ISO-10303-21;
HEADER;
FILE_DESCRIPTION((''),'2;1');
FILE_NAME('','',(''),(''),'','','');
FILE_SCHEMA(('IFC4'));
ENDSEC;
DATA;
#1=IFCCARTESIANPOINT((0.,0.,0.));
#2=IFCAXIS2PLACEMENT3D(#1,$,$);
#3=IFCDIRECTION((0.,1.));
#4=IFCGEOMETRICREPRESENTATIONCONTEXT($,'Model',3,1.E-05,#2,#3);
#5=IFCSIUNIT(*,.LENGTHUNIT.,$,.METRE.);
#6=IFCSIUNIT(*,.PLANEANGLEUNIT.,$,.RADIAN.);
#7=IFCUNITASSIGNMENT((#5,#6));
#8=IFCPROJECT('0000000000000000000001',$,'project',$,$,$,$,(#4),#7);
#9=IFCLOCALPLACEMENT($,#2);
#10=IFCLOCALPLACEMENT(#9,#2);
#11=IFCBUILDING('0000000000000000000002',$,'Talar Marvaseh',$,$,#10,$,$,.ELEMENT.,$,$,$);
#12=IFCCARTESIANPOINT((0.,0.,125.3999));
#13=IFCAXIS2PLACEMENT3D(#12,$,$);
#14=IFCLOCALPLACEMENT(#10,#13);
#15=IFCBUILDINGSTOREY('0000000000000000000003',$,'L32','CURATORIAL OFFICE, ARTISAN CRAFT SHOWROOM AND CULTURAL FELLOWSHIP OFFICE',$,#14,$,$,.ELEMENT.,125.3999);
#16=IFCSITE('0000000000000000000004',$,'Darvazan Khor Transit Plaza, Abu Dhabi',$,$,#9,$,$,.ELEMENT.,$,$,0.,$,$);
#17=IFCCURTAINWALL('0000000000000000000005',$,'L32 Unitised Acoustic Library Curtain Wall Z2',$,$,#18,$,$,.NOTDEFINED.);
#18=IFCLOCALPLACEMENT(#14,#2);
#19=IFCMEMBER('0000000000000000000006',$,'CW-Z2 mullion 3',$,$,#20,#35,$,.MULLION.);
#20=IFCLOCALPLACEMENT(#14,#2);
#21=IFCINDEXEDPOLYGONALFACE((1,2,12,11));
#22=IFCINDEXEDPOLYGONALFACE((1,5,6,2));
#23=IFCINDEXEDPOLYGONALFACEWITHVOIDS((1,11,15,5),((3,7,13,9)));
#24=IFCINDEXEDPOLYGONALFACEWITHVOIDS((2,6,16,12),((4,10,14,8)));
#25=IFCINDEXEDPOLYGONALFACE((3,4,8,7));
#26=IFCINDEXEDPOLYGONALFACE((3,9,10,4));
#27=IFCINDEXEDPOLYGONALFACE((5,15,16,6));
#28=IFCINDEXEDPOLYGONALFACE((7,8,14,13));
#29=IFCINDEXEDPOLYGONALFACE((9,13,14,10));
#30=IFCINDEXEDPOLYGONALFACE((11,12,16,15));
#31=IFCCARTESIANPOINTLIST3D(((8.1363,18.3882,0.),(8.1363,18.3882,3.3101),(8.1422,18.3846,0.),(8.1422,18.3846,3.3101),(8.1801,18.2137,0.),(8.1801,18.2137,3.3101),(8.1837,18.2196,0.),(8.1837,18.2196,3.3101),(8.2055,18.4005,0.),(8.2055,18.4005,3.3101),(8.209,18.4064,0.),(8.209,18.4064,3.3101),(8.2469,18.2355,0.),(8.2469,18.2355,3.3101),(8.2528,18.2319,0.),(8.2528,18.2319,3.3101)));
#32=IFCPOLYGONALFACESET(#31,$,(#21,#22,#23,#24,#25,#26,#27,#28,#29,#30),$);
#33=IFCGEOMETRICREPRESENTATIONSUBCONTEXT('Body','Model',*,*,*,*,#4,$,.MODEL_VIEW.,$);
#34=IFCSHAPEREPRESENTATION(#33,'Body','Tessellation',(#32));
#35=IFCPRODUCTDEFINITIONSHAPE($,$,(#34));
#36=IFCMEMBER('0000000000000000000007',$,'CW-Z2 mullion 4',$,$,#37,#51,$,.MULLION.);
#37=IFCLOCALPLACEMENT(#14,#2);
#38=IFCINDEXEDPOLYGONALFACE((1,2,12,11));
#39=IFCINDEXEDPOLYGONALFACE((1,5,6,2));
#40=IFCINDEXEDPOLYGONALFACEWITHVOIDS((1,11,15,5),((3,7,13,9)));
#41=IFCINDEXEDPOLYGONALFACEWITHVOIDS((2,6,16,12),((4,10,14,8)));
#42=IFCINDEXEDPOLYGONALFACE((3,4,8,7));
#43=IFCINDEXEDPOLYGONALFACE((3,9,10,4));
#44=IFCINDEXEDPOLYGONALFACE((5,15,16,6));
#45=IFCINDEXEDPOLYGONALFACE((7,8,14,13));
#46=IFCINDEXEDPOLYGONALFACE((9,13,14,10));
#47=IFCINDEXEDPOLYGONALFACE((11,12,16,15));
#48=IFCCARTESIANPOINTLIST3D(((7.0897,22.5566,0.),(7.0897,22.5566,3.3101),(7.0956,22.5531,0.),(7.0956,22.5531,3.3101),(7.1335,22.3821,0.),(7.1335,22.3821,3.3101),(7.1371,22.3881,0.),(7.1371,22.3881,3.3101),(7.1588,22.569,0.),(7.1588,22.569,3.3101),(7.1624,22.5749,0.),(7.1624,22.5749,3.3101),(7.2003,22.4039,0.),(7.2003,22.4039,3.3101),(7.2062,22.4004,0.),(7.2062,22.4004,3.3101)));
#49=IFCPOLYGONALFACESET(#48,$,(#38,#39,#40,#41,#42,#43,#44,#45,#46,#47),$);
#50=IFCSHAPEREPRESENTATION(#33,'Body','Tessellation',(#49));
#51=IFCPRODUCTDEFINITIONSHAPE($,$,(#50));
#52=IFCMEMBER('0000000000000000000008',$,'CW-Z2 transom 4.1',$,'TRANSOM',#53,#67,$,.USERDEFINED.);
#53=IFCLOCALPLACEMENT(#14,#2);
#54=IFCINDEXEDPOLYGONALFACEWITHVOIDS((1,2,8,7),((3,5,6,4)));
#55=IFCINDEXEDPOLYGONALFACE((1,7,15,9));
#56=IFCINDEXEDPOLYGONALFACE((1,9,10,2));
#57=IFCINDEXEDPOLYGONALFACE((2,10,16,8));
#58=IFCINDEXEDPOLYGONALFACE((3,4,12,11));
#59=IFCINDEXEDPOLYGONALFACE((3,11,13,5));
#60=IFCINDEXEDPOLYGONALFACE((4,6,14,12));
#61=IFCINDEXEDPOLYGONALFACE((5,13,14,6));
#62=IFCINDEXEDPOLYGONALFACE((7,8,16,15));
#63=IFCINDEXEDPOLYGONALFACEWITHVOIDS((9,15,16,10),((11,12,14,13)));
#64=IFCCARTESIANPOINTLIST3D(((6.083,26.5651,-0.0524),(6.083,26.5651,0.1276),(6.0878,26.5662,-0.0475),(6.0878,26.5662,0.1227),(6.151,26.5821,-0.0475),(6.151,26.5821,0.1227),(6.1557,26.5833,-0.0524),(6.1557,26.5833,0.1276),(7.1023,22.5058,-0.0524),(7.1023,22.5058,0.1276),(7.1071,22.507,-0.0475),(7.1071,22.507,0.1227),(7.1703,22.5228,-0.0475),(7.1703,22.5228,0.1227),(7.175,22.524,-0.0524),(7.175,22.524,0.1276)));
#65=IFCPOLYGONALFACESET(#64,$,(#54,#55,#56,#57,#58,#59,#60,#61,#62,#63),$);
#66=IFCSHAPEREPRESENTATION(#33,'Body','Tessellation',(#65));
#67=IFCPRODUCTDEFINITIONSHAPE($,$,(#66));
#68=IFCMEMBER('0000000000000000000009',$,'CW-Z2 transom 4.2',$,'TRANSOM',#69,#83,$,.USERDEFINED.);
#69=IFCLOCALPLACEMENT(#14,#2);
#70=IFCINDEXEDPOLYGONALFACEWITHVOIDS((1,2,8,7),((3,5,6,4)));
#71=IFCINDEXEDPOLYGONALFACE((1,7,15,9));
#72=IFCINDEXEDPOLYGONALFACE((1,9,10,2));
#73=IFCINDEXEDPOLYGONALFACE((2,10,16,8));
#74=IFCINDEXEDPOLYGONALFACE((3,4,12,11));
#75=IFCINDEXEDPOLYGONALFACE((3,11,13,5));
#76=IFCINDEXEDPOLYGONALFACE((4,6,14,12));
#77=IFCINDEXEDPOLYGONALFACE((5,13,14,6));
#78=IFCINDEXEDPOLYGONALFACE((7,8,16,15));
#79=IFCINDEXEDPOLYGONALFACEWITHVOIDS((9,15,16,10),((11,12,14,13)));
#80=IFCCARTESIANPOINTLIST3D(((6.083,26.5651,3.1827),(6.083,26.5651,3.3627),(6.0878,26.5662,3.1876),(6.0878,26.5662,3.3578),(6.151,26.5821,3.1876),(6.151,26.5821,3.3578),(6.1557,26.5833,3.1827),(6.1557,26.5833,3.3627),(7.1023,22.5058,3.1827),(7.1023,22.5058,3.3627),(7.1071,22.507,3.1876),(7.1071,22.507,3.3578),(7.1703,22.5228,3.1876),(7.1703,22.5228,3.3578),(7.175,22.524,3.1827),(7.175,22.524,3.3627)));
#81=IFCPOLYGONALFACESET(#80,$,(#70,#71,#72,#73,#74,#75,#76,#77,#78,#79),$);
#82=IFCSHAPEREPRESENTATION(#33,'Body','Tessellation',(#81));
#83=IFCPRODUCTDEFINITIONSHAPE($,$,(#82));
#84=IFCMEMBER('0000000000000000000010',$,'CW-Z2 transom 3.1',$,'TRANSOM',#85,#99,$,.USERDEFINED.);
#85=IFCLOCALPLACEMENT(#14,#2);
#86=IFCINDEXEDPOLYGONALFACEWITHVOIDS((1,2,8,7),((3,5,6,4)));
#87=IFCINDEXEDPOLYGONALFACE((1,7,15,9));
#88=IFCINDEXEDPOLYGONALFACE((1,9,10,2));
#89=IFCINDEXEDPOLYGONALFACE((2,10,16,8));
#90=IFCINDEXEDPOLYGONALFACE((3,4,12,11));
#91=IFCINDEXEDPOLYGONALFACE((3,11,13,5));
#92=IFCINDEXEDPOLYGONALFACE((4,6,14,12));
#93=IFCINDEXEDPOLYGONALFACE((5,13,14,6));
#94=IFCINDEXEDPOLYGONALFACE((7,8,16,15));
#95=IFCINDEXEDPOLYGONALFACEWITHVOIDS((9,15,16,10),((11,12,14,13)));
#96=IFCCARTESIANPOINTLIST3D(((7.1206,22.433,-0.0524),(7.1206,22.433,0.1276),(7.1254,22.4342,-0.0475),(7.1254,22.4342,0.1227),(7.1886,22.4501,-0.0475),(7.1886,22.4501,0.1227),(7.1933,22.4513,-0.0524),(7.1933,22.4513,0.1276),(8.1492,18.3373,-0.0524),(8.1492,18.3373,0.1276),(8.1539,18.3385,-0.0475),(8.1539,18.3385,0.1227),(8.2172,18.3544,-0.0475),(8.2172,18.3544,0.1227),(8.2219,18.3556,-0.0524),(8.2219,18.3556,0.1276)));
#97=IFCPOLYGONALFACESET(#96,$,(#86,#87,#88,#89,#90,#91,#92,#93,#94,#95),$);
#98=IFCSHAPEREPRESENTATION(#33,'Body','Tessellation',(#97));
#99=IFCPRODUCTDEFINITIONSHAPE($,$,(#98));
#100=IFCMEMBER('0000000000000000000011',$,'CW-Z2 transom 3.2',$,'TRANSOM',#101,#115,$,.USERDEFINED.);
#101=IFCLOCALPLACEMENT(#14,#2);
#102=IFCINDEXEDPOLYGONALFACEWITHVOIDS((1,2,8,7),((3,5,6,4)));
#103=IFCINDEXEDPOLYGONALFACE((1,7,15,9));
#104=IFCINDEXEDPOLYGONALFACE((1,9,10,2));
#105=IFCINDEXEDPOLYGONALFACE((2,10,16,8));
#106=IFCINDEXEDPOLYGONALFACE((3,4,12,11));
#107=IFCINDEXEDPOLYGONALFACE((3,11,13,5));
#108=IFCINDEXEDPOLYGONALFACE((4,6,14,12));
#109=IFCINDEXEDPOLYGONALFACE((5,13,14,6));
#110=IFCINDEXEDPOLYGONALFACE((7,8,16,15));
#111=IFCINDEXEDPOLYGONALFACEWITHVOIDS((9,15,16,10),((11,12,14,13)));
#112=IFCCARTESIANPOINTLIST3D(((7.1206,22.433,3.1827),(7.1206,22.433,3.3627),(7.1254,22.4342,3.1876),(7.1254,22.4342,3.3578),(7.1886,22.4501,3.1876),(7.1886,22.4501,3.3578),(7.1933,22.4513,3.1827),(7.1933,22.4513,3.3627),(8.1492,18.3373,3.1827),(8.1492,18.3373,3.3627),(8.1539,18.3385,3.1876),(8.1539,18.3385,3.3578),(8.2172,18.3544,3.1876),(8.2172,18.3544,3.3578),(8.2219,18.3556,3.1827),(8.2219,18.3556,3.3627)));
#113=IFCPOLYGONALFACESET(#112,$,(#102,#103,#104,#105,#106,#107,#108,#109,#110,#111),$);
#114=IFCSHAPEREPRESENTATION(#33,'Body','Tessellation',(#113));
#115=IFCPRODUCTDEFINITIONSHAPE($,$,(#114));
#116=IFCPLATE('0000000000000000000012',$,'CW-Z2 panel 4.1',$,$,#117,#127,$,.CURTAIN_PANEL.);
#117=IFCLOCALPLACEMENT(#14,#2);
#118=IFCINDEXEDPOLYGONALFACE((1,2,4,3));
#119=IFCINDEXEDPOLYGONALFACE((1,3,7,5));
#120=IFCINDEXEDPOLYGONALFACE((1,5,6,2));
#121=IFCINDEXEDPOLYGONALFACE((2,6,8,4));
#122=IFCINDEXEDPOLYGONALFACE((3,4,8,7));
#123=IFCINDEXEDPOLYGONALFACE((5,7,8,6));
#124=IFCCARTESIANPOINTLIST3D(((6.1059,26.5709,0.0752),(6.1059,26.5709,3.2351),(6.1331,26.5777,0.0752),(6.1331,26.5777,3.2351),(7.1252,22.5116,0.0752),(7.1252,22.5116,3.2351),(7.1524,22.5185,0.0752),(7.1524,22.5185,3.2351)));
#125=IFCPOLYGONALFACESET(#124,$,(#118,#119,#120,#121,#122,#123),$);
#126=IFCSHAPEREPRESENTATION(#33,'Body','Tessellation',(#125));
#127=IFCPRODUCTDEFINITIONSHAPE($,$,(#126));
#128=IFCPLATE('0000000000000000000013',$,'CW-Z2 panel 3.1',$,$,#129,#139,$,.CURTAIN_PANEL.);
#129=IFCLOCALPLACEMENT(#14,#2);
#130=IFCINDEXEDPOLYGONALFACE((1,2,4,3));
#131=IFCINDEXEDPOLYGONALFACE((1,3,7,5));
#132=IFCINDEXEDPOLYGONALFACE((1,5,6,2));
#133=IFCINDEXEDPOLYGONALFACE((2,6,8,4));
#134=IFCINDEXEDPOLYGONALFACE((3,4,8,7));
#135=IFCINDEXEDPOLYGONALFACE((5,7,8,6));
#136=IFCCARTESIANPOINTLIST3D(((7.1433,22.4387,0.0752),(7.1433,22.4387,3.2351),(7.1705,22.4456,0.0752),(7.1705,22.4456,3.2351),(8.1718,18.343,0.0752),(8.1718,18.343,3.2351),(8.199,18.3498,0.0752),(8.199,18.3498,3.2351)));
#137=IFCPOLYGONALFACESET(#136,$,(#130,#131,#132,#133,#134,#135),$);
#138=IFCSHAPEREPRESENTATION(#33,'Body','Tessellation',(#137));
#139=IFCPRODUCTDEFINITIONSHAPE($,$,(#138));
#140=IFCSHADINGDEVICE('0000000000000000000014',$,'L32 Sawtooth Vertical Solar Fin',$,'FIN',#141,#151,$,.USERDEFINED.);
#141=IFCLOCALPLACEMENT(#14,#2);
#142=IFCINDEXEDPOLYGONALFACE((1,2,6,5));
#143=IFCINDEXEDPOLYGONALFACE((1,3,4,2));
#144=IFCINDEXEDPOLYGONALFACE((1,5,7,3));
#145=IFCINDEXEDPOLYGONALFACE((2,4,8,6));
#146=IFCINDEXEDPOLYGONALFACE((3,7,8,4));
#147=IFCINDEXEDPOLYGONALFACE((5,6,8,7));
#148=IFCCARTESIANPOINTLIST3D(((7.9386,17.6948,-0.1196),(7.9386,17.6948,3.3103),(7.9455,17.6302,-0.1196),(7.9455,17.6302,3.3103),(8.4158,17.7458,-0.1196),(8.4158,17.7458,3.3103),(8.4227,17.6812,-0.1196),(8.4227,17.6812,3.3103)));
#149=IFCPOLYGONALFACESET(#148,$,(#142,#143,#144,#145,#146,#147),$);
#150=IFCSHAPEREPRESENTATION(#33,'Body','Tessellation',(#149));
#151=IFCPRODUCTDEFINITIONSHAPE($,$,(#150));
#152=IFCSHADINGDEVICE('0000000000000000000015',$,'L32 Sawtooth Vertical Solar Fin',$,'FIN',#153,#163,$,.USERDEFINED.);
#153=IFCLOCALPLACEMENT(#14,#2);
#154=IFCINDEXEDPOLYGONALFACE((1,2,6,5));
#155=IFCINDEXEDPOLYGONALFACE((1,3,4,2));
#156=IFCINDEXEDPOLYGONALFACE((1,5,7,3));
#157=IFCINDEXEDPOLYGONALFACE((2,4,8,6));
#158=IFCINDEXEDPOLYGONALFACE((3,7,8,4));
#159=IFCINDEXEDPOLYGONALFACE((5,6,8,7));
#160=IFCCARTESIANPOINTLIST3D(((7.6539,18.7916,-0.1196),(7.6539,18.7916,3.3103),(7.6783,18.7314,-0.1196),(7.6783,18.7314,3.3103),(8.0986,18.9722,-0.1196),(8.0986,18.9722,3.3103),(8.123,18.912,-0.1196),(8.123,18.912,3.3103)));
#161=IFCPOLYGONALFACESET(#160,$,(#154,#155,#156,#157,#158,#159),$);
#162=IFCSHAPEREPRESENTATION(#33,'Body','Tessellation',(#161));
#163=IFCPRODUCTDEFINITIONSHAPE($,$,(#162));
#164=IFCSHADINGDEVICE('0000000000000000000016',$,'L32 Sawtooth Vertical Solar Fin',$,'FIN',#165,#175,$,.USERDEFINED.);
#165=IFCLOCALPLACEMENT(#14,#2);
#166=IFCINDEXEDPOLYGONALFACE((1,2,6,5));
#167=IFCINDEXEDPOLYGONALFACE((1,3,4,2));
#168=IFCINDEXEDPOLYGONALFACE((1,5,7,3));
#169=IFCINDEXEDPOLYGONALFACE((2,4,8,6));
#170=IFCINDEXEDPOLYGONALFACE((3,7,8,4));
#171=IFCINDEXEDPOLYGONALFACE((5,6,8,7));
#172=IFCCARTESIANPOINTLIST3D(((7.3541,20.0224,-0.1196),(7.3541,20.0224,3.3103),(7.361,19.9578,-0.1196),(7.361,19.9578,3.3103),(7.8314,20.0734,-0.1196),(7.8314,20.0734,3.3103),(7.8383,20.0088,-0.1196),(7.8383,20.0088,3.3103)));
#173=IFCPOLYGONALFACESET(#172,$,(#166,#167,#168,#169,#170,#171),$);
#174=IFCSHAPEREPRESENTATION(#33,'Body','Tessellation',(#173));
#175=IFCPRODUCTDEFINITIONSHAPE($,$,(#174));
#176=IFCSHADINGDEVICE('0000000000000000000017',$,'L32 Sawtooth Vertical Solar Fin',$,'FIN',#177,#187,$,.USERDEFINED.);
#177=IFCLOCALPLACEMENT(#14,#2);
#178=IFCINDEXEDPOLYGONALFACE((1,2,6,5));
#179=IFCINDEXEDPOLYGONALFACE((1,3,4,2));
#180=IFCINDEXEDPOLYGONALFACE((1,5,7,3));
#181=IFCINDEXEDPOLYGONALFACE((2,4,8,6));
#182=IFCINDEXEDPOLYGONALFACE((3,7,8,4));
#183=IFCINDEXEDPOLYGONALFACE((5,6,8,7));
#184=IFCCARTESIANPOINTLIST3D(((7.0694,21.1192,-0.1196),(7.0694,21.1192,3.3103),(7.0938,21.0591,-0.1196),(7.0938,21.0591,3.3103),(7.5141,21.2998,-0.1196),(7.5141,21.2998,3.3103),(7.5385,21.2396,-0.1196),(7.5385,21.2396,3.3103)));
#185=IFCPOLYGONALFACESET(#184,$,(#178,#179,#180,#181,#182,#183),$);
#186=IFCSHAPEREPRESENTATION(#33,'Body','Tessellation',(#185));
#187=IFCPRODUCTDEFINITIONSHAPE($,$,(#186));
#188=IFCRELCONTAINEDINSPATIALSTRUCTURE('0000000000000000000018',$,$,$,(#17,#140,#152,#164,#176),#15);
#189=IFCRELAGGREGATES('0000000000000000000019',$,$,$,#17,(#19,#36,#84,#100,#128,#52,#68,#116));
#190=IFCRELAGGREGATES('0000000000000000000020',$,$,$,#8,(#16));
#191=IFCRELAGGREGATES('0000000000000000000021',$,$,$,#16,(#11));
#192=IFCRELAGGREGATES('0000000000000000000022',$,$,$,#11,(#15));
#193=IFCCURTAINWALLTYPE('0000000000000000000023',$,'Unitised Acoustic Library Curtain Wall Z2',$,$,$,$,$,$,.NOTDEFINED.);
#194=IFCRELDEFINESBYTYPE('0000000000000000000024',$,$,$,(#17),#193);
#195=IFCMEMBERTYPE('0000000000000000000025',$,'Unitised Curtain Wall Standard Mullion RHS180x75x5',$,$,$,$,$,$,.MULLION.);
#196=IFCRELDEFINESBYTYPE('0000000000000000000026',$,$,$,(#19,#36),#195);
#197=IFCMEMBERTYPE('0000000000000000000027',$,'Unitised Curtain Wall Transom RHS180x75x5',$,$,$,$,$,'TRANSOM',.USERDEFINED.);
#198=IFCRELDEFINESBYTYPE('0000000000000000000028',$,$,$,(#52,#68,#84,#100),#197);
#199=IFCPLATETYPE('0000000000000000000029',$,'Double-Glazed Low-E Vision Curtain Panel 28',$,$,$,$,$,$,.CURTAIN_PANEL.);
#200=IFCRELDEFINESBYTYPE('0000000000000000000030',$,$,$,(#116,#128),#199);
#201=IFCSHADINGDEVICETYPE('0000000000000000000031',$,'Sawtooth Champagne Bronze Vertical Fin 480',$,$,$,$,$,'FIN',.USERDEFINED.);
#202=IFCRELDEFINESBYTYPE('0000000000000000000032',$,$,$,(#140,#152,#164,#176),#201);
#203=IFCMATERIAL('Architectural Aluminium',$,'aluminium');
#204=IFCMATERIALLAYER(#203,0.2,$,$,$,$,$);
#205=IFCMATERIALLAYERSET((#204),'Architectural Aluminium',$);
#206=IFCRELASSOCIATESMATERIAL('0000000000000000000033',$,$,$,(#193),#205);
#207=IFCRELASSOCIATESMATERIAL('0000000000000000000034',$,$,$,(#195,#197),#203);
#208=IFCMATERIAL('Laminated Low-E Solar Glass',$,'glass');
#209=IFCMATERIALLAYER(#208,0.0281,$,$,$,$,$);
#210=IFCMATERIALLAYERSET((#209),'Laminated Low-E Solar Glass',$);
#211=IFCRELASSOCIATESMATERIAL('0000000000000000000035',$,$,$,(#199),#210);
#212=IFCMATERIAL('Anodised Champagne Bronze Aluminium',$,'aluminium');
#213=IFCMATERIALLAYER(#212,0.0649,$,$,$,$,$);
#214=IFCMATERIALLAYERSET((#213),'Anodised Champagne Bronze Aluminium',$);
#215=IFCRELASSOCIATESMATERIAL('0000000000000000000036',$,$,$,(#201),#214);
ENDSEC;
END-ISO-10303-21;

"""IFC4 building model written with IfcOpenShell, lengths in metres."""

from ifc_helpers import new_model, si_unit, direction, frame, origin, origin_2d, place, context, subcontext, project, spatial, rectangle, hollow_rectangle, extrude, source, transform, mapped, material, layer, layer_set, material_profile, profile_set, type_object, type_shapes, element, aggregate, save


model = new_model("IFC4")

# Units and contexts
model_context = context("Model", 3, precision=1e-05, world=origin(), true_north=direction((0.0, 1.0)))
body_context = subcontext(model_context, "Body", "Model", "MODEL_VIEW")
ifc_project = project(units=[si_unit("LENGTHUNIT", "METRE"), si_unit("PLANEANGLEUNIT", "RADIAN")], contexts=[model_context])

# Site, building, storey
site_placement = place(None, origin())
site = spatial("IfcSite", under=ifc_project, at=site_placement, Name="Darvazan Khor Transit Plaza, Abu Dhabi", CompositionType="ELEMENT", RefElevation=0.0)
building_placement = place(site_placement, origin())
building = spatial("IfcBuilding", under=site, at=building_placement, Name="Talar Marvaseh", CompositionType="ELEMENT")
storey_placement = place(building_placement, frame((0.0, 0.0, 125.3999)))
storey = spatial("IfcBuildingStorey", under=building, at=storey_placement, Name="L32", Description="CURATORIAL OFFICE, ARTISAN CRAFT SHOWROOM AND CULTURAL FELLOWSHIP OFFICE", CompositionType="ELEMENT", Elevation=125.3999)

# Curtain wall, members, plates
ifc_material_1 = material(Name="Architectural Aluminium", Category="aluminium")
ifc_layer_1 = layer(ifc_material_1, 0.2)
ifc_layer_set_1 = layer_set([ifc_layer_1], Name="Architectural Aluminium")
curtain_wall_type = type_object("IfcCurtainWallType", Name="Unitised Acoustic Library Curtain Wall Z2", PredefinedType="NOTDEFINED", material=ifc_layer_set_1)
curtain_wall_placement = place(storey_placement, origin())
curtain_wall = element("IfcCurtainWall", 1, at=curtain_wall_placement, inside=storey, type_object=curtain_wall_type, Name="L32 Unitised Acoustic Library Curtain Wall Z2", PredefinedType="NOTDEFINED")
ifc_material_profile_1 = material_profile(ifc_material_1, hollow_rectangle(XDim=0.075, YDim=0.1799, WallThickness=0.0049, at=origin_2d()), Name="RHS180x75x5")
ifc_profile_set_1 = profile_set([ifc_material_profile_1], Name="Architectural Aluminium")
member_type_1 = type_object("IfcMemberType", Name="Unitised Curtain Wall Standard Mullion RHS180x75x5", PredefinedType="MULLION", material=ifc_profile_set_1)
shared_shape_1 = source(origin(), body_context, "Body", "SweptSolid", [
    extrude(hollow_rectangle(XDim=0.075, YDim=0.1799, WallThickness=0.0049, at=origin_2d()), origin(), (0.0, 0.0, 1.0), 3.3101),
])
type_shapes(member_type_1, [shared_shape_1])
member_1_placement = place(storey_placement, frame((8.1946, 18.3101, 0.0), z_axis=(0.0, 0.0, 1.0), x_axis=(-0.969888, -0.24355, 0.0)))
member_1 = element("IfcMember", 2, at=member_1_placement, type_object=member_type_1, Name="CW-Z2 mullion 3", PredefinedType="MULLION", context=body_context, shape_type="MappedRepresentation", body=[
    mapped(shared_shape_1, transform((0.0, 0.0, 0.0), x_axis=(1.0, 0.0, 0.0), y_axis=(0.0, 1.0, 0.0), z_axis=(0.0, 0.0, 1.0), scale=1.0)),
])
member_2_placement = place(storey_placement, frame((7.1479, 22.4785, 0.0), z_axis=(0.0, 0.0, 1.0), x_axis=(-0.969888, -0.24355, 0.0)))
member_2 = element("IfcMember", 3, at=member_2_placement, type_object=member_type_1, Name="CW-Z2 mullion 4", PredefinedType="MULLION", context=body_context, shape_type="MappedRepresentation", body=[
    mapped(shared_shape_1, transform((0.0, 0.0, 0.0), x_axis=(1.0, 0.0, 0.0), y_axis=(0.0, 1.0, 0.0), z_axis=(0.0, 0.0, 1.0), scale=1.0)),
])
ifc_material_profile_2 = material_profile(ifc_material_1, hollow_rectangle(XDim=0.075, YDim=0.1799, WallThickness=0.0049, at=origin_2d()), Name="RHS180x75x5")
ifc_profile_set_2 = profile_set([ifc_material_profile_2], Name="Architectural Aluminium")
member_type_2 = type_object("IfcMemberType", Name="Unitised Curtain Wall Transom RHS180x75x5", ElementType="TRANSOM", PredefinedType="USERDEFINED", material=ifc_profile_set_2)
shared_shape_2 = source(origin(), body_context, "Body", "SweptSolid", [
    extrude(hollow_rectangle(XDim=0.075, YDim=0.1799, WallThickness=0.0049, at=origin_2d()), origin(), (0.0, 0.0, 1.0), 4.1853),
])
member_3_placement = place(storey_placement, frame((7.1387, 22.5149, 0.0376), z_axis=(-0.243537, 0.969891, 0.0), x_axis=(-0.969891, -0.243537, 0.0)))
member_3 = element("IfcMember", 4, at=member_3_placement, type_object=member_type_2, Name="CW-Z2 transom 4.1", ObjectType="TRANSOM", PredefinedType="USERDEFINED", context=body_context, shape_type="MappedRepresentation", body=[
    mapped(shared_shape_2, transform((0.0, 0.0, 0.0), x_axis=(1.0, 0.0, 0.0), y_axis=(0.0, 1.0, 0.0), z_axis=(0.0, 0.0, 1.0), scale=1.0)),
])
member_4_placement = place(storey_placement, frame((7.1387, 22.5149, 3.2727), z_axis=(-0.243537, 0.969891, 0.0), x_axis=(-0.969891, -0.243537, 0.0)))
member_4 = element("IfcMember", 5, at=member_4_placement, type_object=member_type_2, Name="CW-Z2 transom 4.2", ObjectType="TRANSOM", PredefinedType="USERDEFINED", context=body_context, shape_type="MappedRepresentation", body=[
    mapped(shared_shape_2, transform((0.0, 0.0, 0.0), x_axis=(1.0, 0.0, 0.0), y_axis=(0.0, 1.0, 0.0), z_axis=(0.0, 0.0, 1.0), scale=1.0)),
])
shared_shape_3 = source(origin(), body_context, "Body", "SweptSolid", [
    extrude(hollow_rectangle(XDim=0.075, YDim=0.1799, WallThickness=0.0049, at=origin_2d()), origin(), (0.0, 0.0, 1.0), 4.2229),
])
type_shapes(member_type_2, [shared_shape_2, shared_shape_3])
member_5_placement = place(storey_placement, frame((8.1855, 18.3464, 0.0376), z_axis=(-0.243569, 0.969883, 0.0), x_axis=(-0.969883, -0.243569, 0.0)))
member_5 = element("IfcMember", 6, at=member_5_placement, type_object=member_type_2, Name="CW-Z2 transom 3.1", ObjectType="TRANSOM", PredefinedType="USERDEFINED", context=body_context, shape_type="MappedRepresentation", body=[
    mapped(shared_shape_3, transform((0.0, 0.0, 0.0), x_axis=(1.0, 0.0, 0.0), y_axis=(0.0, 1.0, 0.0), z_axis=(0.0, 0.0, 1.0), scale=1.0)),
])
member_6_placement = place(storey_placement, frame((8.1855, 18.3464, 3.2727), z_axis=(-0.243569, 0.969883, 0.0), x_axis=(-0.969883, -0.243569, 0.0)))
member_6 = element("IfcMember", 7, at=member_6_placement, type_object=member_type_2, Name="CW-Z2 transom 3.2", ObjectType="TRANSOM", PredefinedType="USERDEFINED", context=body_context, shape_type="MappedRepresentation", body=[
    mapped(shared_shape_3, transform((0.0, 0.0, 0.0), x_axis=(1.0, 0.0, 0.0), y_axis=(0.0, 1.0, 0.0), z_axis=(0.0, 0.0, 1.0), scale=1.0)),
])
ifc_material_2 = material(Name="Laminated Low-E Solar Glass", Category="glass")
ifc_layer_2 = layer(ifc_material_2, 0.0281)
ifc_layer_set_2 = layer_set([ifc_layer_2], Name="Laminated Low-E Solar Glass")
plate_type = type_object("IfcPlateType", Name="Double-Glazed Low-E Vision Curtain Panel 28", PredefinedType="CURTAIN_PANEL", material=ifc_layer_set_2)
shared_shape_4 = source(origin(), body_context, "Body", "SweptSolid", [
    extrude(rectangle(XDim=4.1853, YDim=0.0281, at=origin_2d()), origin(), (0.0, 0.0, 1.0), 3.1599),
])
plate_1_placement = place(storey_placement, frame((6.6292, 24.5447, 0.0752), z_axis=(0.0, 0.0, 1.0), x_axis=(-0.24355, 0.969888, 0.0)))
plate_1 = element("IfcPlate", 8, at=plate_1_placement, type_object=plate_type, Name="CW-Z2 panel 4.1", PredefinedType="CURTAIN_PANEL", context=body_context, shape_type="MappedRepresentation", body=[
    mapped(shared_shape_4, transform((0.0, 0.0, 0.0), x_axis=(1.0, 0.0, 0.0), y_axis=(0.0, 1.0, 0.0), z_axis=(0.0, 0.0, 1.0), scale=1.0)),
])
shared_shape_5 = source(origin(), body_context, "Body", "SweptSolid", [
    extrude(rectangle(XDim=4.2229, YDim=0.0281, at=origin_2d()), origin(), (0.0, 0.0, 1.0), 3.1599),
])
type_shapes(plate_type, [shared_shape_4, shared_shape_5])
plate_2_placement = place(storey_placement, frame((7.6711, 20.3943, 0.0752), z_axis=(0.0, 0.0, 1.0), x_axis=(-0.24355, 0.969888, 0.0)))
plate_2 = element("IfcPlate", 9, at=plate_2_placement, type_object=plate_type, Name="CW-Z2 panel 3.1", PredefinedType="CURTAIN_PANEL", context=body_context, shape_type="MappedRepresentation", body=[
    mapped(shared_shape_5, transform((0.0, 0.0, 0.0), x_axis=(1.0, 0.0, 0.0), y_axis=(0.0, 1.0, 0.0), z_axis=(0.0, 0.0, 1.0), scale=1.0)),
])
aggregate(curtain_wall, [member_1, member_2, member_5, member_6, plate_2, member_3, member_4, plate_1])

# Shading devices
ifc_material_3 = material(Name="Anodised Champagne Bronze Aluminium", Category="aluminium")
ifc_layer_3 = layer(ifc_material_3, 0.0649)
ifc_layer_set_3 = layer_set([ifc_layer_3], Name="Anodised Champagne Bronze Aluminium")
shading_device_type_1 = type_object("IfcShadingDeviceType", Name="Sawtooth Champagne Bronze Vertical Fin 480", ElementType="FIN", PredefinedType="USERDEFINED", material=ifc_layer_set_3)
shared_shape_6 = source(origin(), body_context, "Body", "SweptSolid", [
    extrude(rectangle(XDim=0.48, YDim=0.0649, at=origin_2d()), origin(), (0.0, 0.0, 1.0), 3.4299),
])
type_shapes(shading_device_type_1, [shared_shape_6])
for number, where, z_axis, x_axis, name in (
    (10, (8.1807, 17.688, -0.1196), (0.0, 0.0, 1.0), (-0.994338, -0.106264, 0.0), "L32 Sawtooth Vertical Solar Fin"),
    (11, (7.8884, 18.8518, -0.1196), (0.0, 0.0, 1.0), (-0.926529, -0.376224, 0.0), "L32 Sawtooth Vertical Solar Fin"),
    (12, (7.5962, 20.0156, -0.1196), (0.0, 0.0, 1.0), (-0.994338, -0.106264, 0.0), "L32 Sawtooth Vertical Solar Fin"),
    (13, (7.304, 21.1794, -0.1196), (0.0, 0.0, 1.0), (-0.926529, -0.376224, 0.0), "L32 Sawtooth Vertical Solar Fin"),
):
    element("IfcShadingDevice", number, at=place(storey_placement, frame(where, z_axis=z_axis, x_axis=x_axis)), inside=storey, type_object=shading_device_type_1, Name=name, ObjectType="FIN", PredefinedType="USERDEFINED", context=body_context, shape_type="MappedRepresentation", body=[
        mapped(shared_shape_6, transform((0.0, 0.0, 0.0), x_axis=(1.0, 0.0, 0.0), y_axis=(0.0, 1.0, 0.0), z_axis=(0.0, 0.0, 1.0), scale=1.0)),
    ])

save(model, "model.ifc")
